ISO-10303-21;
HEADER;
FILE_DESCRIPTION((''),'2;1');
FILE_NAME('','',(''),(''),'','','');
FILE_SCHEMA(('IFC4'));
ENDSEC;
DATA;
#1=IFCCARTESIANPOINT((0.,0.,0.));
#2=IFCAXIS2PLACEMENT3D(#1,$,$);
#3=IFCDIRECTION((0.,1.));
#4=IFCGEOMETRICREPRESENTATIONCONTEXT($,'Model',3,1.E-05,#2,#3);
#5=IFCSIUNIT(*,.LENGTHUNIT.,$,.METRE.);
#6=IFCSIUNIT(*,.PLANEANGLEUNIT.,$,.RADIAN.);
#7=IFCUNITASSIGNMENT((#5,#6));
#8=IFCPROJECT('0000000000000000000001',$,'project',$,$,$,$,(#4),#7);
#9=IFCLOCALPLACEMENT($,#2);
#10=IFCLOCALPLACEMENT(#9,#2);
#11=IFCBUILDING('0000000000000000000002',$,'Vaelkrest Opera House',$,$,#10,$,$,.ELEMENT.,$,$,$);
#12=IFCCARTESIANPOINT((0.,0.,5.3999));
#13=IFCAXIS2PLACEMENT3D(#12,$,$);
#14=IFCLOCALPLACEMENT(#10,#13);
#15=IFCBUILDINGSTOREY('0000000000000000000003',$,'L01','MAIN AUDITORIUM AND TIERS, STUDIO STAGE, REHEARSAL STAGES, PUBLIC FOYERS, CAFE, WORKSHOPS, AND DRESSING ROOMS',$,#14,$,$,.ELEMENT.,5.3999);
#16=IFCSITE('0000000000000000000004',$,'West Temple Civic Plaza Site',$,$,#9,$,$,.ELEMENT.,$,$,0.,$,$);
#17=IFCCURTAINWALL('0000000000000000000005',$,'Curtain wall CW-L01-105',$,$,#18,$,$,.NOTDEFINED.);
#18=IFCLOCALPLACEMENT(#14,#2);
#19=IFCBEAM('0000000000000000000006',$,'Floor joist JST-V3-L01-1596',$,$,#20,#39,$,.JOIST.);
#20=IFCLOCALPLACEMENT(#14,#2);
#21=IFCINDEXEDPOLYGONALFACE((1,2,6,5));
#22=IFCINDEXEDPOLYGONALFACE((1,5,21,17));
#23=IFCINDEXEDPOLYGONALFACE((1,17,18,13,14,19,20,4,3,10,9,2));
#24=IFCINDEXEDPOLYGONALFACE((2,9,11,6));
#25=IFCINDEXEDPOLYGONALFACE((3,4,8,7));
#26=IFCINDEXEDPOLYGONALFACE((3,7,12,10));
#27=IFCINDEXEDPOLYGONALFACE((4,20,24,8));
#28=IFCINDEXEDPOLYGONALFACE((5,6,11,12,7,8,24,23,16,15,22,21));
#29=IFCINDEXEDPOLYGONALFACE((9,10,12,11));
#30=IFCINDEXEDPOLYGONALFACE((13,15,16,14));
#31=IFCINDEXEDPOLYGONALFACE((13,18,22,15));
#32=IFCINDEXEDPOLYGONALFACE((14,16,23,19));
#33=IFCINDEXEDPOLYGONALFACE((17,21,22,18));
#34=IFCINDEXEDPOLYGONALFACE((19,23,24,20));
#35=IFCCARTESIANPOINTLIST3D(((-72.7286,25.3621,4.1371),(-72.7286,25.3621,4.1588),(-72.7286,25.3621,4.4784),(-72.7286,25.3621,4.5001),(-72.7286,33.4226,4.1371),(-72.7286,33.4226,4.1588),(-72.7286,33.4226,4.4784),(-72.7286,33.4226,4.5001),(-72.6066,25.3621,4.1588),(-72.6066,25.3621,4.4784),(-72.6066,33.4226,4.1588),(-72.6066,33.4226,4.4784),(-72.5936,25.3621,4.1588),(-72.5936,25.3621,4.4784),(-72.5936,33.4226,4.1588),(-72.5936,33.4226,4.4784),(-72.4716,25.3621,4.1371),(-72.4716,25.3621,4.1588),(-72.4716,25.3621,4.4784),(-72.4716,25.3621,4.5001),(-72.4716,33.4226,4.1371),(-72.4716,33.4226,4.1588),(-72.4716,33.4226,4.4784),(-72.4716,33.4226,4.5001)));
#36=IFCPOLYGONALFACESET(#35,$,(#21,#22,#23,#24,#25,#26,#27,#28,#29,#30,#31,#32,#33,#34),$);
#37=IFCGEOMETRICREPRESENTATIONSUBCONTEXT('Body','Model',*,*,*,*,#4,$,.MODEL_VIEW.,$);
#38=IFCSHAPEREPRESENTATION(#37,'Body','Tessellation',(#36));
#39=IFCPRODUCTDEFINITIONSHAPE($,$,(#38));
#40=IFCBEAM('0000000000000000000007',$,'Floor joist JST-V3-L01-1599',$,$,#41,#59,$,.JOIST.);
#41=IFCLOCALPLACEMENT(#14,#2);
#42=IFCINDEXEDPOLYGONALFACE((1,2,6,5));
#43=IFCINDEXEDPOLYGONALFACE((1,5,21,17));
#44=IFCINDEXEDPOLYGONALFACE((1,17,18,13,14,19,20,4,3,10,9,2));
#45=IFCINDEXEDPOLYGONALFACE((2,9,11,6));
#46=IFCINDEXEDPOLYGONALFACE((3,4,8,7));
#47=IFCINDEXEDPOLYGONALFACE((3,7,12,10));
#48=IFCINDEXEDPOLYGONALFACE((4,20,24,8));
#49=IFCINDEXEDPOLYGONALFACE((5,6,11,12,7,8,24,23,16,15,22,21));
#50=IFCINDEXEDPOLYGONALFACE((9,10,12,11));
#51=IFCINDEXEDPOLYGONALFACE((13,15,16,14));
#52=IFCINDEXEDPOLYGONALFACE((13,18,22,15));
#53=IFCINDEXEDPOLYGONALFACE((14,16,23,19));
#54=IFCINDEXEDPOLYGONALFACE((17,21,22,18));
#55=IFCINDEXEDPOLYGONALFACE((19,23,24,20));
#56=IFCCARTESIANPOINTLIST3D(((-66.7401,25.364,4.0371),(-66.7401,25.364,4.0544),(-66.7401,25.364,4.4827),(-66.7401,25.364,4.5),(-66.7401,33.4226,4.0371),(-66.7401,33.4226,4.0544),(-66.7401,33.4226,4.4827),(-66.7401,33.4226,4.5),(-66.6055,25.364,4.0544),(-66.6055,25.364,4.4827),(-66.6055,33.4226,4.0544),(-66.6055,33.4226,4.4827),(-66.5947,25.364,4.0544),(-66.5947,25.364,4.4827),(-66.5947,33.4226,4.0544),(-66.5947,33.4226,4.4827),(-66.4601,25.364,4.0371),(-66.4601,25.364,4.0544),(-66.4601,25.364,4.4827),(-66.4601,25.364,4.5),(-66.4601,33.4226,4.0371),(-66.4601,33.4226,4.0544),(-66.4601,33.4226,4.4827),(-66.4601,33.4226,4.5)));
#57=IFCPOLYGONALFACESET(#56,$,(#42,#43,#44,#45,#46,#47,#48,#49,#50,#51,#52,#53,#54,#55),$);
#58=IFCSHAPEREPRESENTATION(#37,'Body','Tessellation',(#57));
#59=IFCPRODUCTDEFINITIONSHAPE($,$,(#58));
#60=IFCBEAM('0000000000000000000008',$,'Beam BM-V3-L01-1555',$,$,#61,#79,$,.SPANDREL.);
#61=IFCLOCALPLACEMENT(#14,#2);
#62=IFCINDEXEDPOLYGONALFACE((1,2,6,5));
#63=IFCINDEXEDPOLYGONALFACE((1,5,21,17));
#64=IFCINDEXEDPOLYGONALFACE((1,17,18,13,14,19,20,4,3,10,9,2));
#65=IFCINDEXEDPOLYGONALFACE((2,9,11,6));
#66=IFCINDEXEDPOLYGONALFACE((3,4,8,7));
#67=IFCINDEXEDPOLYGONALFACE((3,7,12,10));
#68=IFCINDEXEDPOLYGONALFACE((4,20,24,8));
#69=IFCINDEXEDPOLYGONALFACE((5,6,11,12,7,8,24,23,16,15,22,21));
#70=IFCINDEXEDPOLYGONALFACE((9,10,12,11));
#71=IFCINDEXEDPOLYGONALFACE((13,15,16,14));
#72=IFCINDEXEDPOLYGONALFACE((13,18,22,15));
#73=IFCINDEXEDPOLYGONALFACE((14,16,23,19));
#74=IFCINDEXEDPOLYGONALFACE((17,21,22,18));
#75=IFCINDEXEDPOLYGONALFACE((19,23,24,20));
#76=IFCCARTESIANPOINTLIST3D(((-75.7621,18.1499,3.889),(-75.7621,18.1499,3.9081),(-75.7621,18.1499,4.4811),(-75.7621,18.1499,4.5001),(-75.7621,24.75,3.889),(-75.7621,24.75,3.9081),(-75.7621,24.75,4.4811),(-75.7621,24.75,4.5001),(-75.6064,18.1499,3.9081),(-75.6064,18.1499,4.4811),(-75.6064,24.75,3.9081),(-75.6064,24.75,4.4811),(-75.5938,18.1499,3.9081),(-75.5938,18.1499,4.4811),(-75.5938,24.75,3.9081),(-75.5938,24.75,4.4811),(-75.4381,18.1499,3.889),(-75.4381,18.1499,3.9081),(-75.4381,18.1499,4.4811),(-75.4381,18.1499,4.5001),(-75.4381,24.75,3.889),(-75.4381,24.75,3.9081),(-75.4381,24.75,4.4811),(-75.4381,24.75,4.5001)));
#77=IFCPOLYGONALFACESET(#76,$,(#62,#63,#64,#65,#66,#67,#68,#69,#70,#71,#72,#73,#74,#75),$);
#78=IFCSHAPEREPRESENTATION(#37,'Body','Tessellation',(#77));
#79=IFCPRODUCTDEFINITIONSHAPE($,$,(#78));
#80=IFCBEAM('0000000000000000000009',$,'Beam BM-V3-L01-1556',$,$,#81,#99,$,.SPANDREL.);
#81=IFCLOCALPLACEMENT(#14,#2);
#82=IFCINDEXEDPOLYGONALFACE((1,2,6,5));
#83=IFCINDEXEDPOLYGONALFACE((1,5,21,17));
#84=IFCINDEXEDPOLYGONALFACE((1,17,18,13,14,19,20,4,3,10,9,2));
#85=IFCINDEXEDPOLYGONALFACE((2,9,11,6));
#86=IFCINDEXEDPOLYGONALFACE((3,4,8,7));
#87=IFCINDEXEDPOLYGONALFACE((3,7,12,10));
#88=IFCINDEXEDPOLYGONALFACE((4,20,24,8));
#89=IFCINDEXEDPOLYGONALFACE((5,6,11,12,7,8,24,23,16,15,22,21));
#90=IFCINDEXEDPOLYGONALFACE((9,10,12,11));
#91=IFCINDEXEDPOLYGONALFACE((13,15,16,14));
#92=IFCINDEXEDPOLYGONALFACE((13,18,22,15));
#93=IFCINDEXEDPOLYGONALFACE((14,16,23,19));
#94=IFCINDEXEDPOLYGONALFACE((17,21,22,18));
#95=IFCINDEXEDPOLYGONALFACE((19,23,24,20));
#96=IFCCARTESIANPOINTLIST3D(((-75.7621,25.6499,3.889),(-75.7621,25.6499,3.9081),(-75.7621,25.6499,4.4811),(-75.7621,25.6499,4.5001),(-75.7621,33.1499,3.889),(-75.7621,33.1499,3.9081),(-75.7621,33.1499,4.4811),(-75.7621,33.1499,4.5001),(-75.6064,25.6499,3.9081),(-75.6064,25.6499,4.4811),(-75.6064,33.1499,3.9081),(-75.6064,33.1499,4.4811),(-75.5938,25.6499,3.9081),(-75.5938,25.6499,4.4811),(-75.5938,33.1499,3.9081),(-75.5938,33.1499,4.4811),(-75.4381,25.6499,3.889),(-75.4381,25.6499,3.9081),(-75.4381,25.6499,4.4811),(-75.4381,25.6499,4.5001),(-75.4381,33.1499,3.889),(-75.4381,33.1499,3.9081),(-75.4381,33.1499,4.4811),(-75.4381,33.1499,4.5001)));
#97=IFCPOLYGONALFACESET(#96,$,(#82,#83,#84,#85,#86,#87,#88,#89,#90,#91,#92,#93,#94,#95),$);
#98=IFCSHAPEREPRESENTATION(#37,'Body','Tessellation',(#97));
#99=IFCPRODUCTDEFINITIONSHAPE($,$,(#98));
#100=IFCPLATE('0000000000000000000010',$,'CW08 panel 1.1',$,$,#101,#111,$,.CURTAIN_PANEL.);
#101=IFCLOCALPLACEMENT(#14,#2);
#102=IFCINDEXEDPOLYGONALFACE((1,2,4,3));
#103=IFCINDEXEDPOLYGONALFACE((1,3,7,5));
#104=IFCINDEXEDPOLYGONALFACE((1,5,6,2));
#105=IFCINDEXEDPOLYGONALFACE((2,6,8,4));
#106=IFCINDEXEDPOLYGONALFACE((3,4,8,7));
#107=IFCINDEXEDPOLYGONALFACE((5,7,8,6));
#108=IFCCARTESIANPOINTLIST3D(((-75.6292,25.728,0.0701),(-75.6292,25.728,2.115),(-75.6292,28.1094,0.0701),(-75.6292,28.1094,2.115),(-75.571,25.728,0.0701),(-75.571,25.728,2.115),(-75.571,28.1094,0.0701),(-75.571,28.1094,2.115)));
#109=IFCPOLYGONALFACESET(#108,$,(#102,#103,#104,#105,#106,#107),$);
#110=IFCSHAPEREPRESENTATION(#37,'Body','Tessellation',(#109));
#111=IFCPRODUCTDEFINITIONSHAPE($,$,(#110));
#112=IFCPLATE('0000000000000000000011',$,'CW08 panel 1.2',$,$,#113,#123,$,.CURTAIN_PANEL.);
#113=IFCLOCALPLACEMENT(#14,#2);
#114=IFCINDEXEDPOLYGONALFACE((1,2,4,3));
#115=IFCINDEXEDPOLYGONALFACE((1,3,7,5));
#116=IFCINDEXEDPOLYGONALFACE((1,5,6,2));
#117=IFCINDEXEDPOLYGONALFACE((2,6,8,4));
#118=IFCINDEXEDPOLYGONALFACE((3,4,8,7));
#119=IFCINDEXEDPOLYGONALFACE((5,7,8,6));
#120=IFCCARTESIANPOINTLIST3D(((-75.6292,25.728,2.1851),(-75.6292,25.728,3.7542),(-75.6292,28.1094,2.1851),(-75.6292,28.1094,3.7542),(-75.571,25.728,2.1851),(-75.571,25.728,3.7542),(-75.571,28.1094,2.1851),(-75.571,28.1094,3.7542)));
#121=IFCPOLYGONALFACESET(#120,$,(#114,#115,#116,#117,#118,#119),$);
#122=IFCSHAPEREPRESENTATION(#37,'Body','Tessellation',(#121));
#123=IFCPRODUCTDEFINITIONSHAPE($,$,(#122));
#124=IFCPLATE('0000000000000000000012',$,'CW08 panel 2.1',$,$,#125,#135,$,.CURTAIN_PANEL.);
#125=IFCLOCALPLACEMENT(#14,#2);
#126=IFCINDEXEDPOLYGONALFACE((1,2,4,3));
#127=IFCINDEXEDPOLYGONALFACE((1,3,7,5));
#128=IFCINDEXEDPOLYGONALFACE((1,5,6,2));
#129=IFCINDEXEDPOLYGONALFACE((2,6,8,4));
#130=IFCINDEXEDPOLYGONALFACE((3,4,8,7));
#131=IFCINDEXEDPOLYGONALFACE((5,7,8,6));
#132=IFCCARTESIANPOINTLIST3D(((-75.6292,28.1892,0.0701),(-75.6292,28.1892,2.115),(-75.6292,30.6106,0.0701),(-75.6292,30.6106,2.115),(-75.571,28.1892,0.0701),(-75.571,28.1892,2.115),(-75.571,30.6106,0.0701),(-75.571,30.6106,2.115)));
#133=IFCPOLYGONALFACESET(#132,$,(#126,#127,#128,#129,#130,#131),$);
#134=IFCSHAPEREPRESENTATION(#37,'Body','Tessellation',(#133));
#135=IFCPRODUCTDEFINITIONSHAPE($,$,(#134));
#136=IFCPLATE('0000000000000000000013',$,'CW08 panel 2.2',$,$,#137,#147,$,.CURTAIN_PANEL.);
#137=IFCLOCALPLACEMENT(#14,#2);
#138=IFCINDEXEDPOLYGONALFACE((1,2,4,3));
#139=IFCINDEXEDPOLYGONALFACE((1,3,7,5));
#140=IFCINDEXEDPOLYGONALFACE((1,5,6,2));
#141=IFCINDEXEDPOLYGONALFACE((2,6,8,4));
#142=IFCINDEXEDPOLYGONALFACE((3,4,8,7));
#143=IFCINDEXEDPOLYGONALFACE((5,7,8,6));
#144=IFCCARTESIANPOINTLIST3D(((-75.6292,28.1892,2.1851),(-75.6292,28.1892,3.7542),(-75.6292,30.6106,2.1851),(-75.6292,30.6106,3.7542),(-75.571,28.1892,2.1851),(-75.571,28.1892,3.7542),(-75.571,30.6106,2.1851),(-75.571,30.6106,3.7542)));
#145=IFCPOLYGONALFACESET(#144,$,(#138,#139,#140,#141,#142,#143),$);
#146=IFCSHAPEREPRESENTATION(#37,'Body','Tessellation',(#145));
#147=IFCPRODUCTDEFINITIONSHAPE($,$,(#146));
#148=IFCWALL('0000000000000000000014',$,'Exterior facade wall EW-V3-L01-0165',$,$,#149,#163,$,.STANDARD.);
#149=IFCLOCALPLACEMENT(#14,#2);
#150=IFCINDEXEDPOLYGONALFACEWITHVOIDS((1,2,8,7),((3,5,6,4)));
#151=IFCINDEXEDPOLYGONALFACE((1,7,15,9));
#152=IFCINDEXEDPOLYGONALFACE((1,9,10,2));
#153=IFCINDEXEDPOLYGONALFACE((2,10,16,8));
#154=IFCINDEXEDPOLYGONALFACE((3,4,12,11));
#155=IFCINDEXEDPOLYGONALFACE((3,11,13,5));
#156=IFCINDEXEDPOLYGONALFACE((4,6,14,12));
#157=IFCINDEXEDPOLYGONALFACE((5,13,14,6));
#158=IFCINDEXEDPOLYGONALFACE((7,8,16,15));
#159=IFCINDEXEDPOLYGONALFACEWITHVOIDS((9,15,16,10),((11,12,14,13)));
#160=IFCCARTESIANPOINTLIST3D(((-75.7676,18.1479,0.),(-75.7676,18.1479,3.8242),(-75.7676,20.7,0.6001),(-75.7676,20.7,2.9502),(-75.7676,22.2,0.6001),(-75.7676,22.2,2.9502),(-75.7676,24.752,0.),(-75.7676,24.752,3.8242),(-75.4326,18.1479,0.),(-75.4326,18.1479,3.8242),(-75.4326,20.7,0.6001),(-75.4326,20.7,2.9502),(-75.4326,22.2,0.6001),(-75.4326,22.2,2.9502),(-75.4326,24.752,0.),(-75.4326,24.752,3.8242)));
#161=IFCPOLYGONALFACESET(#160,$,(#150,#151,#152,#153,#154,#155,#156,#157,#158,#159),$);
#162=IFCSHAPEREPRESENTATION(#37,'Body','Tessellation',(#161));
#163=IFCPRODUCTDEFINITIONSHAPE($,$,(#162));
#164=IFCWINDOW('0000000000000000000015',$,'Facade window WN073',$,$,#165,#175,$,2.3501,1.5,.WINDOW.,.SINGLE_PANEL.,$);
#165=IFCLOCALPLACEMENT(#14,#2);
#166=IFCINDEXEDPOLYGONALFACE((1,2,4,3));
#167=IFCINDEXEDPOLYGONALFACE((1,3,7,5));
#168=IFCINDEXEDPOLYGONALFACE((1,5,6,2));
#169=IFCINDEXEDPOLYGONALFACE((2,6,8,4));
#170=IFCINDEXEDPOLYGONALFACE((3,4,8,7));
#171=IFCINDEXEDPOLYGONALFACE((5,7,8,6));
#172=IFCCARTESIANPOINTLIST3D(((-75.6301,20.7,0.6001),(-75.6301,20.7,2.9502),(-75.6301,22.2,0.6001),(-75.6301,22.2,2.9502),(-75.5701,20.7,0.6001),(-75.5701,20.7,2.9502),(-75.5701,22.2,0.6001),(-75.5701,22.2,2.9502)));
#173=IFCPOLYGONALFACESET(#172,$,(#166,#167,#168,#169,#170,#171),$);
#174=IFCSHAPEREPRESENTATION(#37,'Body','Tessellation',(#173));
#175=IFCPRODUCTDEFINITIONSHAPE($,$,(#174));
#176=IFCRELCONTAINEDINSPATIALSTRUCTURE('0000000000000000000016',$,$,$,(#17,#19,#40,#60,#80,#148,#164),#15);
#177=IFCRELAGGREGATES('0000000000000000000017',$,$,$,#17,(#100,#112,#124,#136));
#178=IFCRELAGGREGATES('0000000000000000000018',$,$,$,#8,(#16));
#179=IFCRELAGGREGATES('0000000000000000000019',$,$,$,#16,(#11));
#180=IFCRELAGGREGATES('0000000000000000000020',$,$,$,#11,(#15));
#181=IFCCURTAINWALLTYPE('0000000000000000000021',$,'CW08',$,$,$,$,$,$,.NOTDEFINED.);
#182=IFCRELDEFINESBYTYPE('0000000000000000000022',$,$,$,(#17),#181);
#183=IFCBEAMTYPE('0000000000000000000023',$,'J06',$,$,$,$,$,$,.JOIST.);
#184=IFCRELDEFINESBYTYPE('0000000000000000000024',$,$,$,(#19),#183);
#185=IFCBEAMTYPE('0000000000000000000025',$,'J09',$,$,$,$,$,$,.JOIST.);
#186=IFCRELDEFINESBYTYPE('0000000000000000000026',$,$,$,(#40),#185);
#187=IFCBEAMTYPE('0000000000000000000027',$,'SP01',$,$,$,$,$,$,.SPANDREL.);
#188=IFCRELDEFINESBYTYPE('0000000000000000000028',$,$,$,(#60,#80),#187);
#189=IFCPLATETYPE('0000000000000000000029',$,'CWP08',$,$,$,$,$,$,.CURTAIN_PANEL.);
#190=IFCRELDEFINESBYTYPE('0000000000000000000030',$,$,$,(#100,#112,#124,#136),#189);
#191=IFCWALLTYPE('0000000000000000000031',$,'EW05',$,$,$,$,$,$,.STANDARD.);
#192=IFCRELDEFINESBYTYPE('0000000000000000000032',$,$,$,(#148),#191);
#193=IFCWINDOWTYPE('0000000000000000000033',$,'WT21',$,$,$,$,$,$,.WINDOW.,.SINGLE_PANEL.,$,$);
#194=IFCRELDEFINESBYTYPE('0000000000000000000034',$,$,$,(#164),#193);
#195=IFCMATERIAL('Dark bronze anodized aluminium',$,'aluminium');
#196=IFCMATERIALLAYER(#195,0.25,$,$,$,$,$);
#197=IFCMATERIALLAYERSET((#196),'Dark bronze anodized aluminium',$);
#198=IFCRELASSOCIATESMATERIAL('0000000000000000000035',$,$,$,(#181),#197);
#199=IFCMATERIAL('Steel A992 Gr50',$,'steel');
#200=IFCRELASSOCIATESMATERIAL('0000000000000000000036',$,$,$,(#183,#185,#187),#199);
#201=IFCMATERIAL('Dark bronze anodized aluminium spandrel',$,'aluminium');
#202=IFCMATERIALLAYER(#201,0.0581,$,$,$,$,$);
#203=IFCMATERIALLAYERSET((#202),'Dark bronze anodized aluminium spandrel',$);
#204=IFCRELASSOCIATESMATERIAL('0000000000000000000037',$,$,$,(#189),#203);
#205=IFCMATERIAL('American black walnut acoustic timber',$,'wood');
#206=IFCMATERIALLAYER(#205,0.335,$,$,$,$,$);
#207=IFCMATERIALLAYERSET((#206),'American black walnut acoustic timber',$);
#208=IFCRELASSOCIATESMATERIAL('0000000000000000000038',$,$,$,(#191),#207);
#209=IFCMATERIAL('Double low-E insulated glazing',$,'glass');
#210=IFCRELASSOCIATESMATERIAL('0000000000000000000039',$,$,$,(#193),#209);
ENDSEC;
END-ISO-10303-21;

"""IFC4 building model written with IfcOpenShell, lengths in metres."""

from ifc_helpers import new_model, si_unit, direction, frame, frame_2d, origin, origin_2d, place, context, subcontext, project, spatial, rectangle, i_section, extrude, material, layer, layer_set, material_profile, profile_set, type_object, element, fill, aggregate, save


model = new_model("IFC4")

# Units and contexts
model_context = context("Model", 3, precision=1e-05, world=origin(), true_north=direction((0.0, 1.0)))
body_context = subcontext(model_context, "Body", "Model", "MODEL_VIEW")
ifc_project = project(units=[si_unit("LENGTHUNIT", "METRE"), si_unit("PLANEANGLEUNIT", "RADIAN")], contexts=[model_context])

# Site, building, storey
site_placement = place(None, origin())
site = spatial("IfcSite", under=ifc_project, at=site_placement, Name="West Temple Civic Plaza Site", CompositionType="ELEMENT", RefElevation=0.0)
building_placement = place(site_placement, origin())
building = spatial("IfcBuilding", under=site, at=building_placement, Name="Vaelkrest Opera House", CompositionType="ELEMENT")
storey_placement = place(building_placement, frame((0.0, 0.0, 5.3999)))
storey = spatial("IfcBuildingStorey", under=building, at=storey_placement, Name="L01", Description="MAIN AUDITORIUM AND TIERS, STUDIO STAGE, REHEARSAL STAGES, PUBLIC FOYERS, CAFE, WORKSHOPS, AND DRESSING ROOMS", CompositionType="ELEMENT", Elevation=5.3999)

# Shared definitions
ifc_material_1 = material(Name="Steel A992 Gr50", Category="steel")

# Curtain wall
ifc_material_2 = material(Name="Dark bronze anodized aluminium", Category="aluminium")
ifc_layer_1 = layer(ifc_material_2, 0.25)
ifc_layer_set_1 = layer_set([ifc_layer_1], Name="Dark bronze anodized aluminium")
curtain_wall_type = type_object("IfcCurtainWallType", Name="CW08", PredefinedType="NOTDEFINED", material=ifc_layer_set_1)
curtain_wall_placement = place(storey_placement, origin())
curtain_wall = element("IfcCurtainWall", 1, at=curtain_wall_placement, inside=storey, type_object=curtain_wall_type, Name="Curtain wall CW-L01-105", PredefinedType="NOTDEFINED")

# Beams
ifc_material_profile_1 = material_profile(ifc_material_1, i_section(OverallWidth=0.2571, OverallDepth=0.363, WebThickness=0.0129, FlangeThickness=0.0217, at=origin_2d()), Name="W14X82")
ifc_profile_set_1 = profile_set([ifc_material_profile_1], Name="Steel A992 Gr50")
beam_type_1 = type_object("IfcBeamType", Name="J06", PredefinedType="JOIST", material=ifc_profile_set_1)
beam_1_placement = place(storey_placement, frame((-72.6001, 25.3621, 4.3186), z_axis=(0.0, 1.0, 0.0), x_axis=(-1.0, 0.0, 0.0)))
element("IfcBeam", 2, at=beam_1_placement, inside=storey, type_object=beam_type_1, Name="Floor joist JST-V3-L01-1596", PredefinedType="JOIST", context=body_context, shape_type="SweptSolid", body=[
    extrude(i_section(OverallWidth=0.2571, OverallDepth=0.363, WebThickness=0.0129, FlangeThickness=0.0217, at=origin_2d()), origin(), (0.0, 0.0, 1.0), 8.0605),
])
ifc_material_profile_2 = material_profile(ifc_material_1, i_section(OverallWidth=0.28, OverallDepth=0.4629, WebThickness=0.0107, FlangeThickness=0.0173, at=origin_2d()), Name="W18X76")
ifc_profile_set_2 = profile_set([ifc_material_profile_2], Name="Steel A992 Gr50")
beam_type_2 = type_object("IfcBeamType", Name="J09", PredefinedType="JOIST", material=ifc_profile_set_2)
beam_2_placement = place(storey_placement, frame((-66.6001, 25.364, 4.2686), z_axis=(0.0, 1.0, 0.0), x_axis=(-1.0, 0.0, 0.0)))
element("IfcBeam", 3, at=beam_2_placement, inside=storey, type_object=beam_type_2, Name="Floor joist JST-V3-L01-1599", PredefinedType="JOIST", context=body_context, shape_type="SweptSolid", body=[
    extrude(i_section(OverallWidth=0.28, OverallDepth=0.4629, WebThickness=0.0107, FlangeThickness=0.0173, at=origin_2d()), origin(), (0.0, 0.0, 1.0), 8.0586),
])
ifc_material_profile_3 = material_profile(ifc_material_1, i_section(OverallWidth=0.324, OverallDepth=0.6111, WebThickness=0.0127, FlangeThickness=0.019, at=origin_2d()), Name="W24X104")
ifc_profile_set_3 = profile_set([ifc_material_profile_3], Name="Steel A992 Gr50")
beam_type_3 = type_object("IfcBeamType", Name="SP01", PredefinedType="SPANDREL", material=ifc_profile_set_3)
beam_3_placement = place(storey_placement, frame((-75.6001, 18.1499, 4.1946), z_axis=(0.0, 1.0, 0.0), x_axis=(-1.0, 0.0, 0.0)))
element("IfcBeam", 4, at=beam_3_placement, inside=storey, type_object=beam_type_3, Name="Beam BM-V3-L01-1555", PredefinedType="SPANDREL", context=body_context, shape_type="SweptSolid", body=[
    extrude(i_section(OverallWidth=0.324, OverallDepth=0.6111, WebThickness=0.0127, FlangeThickness=0.019, at=origin_2d()), origin(), (0.0, 0.0, 1.0), 6.6001),
])
beam_4_placement = place(storey_placement, frame((-75.6001, 25.6499, 4.1946), z_axis=(0.0, 1.0, 0.0), x_axis=(-1.0, 0.0, 0.0)))
element("IfcBeam", 5, at=beam_4_placement, inside=storey, type_object=beam_type_3, Name="Beam BM-V3-L01-1556", PredefinedType="SPANDREL", context=body_context, shape_type="SweptSolid", body=[
    extrude(i_section(OverallWidth=0.324, OverallDepth=0.6111, WebThickness=0.0127, FlangeThickness=0.019, at=origin_2d()), origin(), (0.0, 0.0, 1.0), 7.5),
])

# Plates
ifc_material_3 = material(Name="Dark bronze anodized aluminium spandrel", Category="aluminium")
ifc_layer_2 = layer(ifc_material_3, 0.0581)
ifc_layer_set_2 = layer_set([ifc_layer_2], Name="Dark bronze anodized aluminium spandrel")
plate_type = type_object("IfcPlateType", Name="CWP08", PredefinedType="CURTAIN_PANEL", material=ifc_layer_set_2)
plate_1_placement = place(storey_placement, frame((-75.6001, 26.9187, 0.0701), z_axis=(0.0, 0.0, 1.0), x_axis=(0.0, 1.0, 0.0)))
plate_1 = element("IfcPlate", 6, at=plate_1_placement, type_object=plate_type, Name="CW08 panel 1.1", PredefinedType="CURTAIN_PANEL", context=body_context, shape_type="SweptSolid", body=[
    extrude(rectangle(XDim=2.3813, YDim=0.0581, at=origin_2d()), origin(), (0.0, 0.0, 1.0), 2.0449),
])
plate_2_placement = place(storey_placement, frame((-75.6001, 26.9187, 2.1851), z_axis=(0.0, 0.0, 1.0), x_axis=(0.0, 1.0, 0.0)))
plate_2 = element("IfcPlate", 7, at=plate_2_placement, type_object=plate_type, Name="CW08 panel 1.2", PredefinedType="CURTAIN_PANEL", context=body_context, shape_type="SweptSolid", body=[
    extrude(rectangle(XDim=2.3813, YDim=0.0581, at=origin_2d()), origin(), (0.0, 0.0, 1.0), 1.5691),
])
plate_3_placement = place(storey_placement, frame((-75.6001, 29.3999, 0.0701), z_axis=(0.0, 0.0, 1.0), x_axis=(0.0, 1.0, 0.0)))
plate_3 = element("IfcPlate", 8, at=plate_3_placement, type_object=plate_type, Name="CW08 panel 2.1", PredefinedType="CURTAIN_PANEL", context=body_context, shape_type="SweptSolid", body=[
    extrude(rectangle(XDim=2.4214, YDim=0.0581, at=origin_2d()), origin(), (0.0, 0.0, 1.0), 2.0449),
])
plate_4_placement = place(storey_placement, frame((-75.6001, 29.3999, 2.1851), z_axis=(0.0, 0.0, 1.0), x_axis=(0.0, 1.0, 0.0)))
plate_4 = element("IfcPlate", 9, at=plate_4_placement, type_object=plate_type, Name="CW08 panel 2.2", PredefinedType="CURTAIN_PANEL", context=body_context, shape_type="SweptSolid", body=[
    extrude(rectangle(XDim=2.4214, YDim=0.0581, at=origin_2d()), origin(), (0.0, 0.0, 1.0), 1.5691),
])
aggregate(curtain_wall, [plate_1, plate_2, plate_3, plate_4])

# Wall, opening, window
ifc_material_4 = material(Name="American black walnut acoustic timber", Category="wood")
ifc_layer_3 = layer(ifc_material_4, 0.335)
ifc_layer_set_3 = layer_set([ifc_layer_3], Name="American black walnut acoustic timber")
wall_type = type_object("IfcWallType", Name="EW05", PredefinedType="STANDARD", material=ifc_layer_set_3)
wall_placement = place(storey_placement, frame((-75.6001, 18.1479, 0.0), z_axis=(0.0, 0.0, 1.0), x_axis=(0.0, 1.0, 0.0)))
wall = element("IfcWall", 10, at=wall_placement, inside=storey, type_object=wall_type, Name="Exterior facade wall EW-V3-L01-0165", PredefinedType="STANDARD", context=body_context, shape_type="SweptSolid", body=[
    extrude(rectangle(XDim=6.604, YDim=0.335, at=frame_2d((3.302, 0.0))), origin(), (0.0, 0.0, 1.0), 3.8242),
])
opening_placement = place(wall_placement, frame((2.552, 0.0, 0.6001)))
opening = element("IfcOpeningElement", 11, at=opening_placement, cuts=wall, PredefinedType="OPENING", context=body_context, shape_type="SweptSolid", body=[
    extrude(rectangle(XDim=1.5, YDim=2.3501, at=frame_2d((0.75, 1.175))), frame((0.0, 0.1775, 0.0), z_axis=(0.0, -1.0, 0.0), x_axis=(1.0, 0.0, 0.0)), (0.0, 0.0, 1.0), 0.355),
])
ifc_material_5 = material(Name="Double low-E insulated glazing", Category="glass")
window_type = type_object("IfcWindowType", Name="WT21", PartitioningType="SINGLE_PANEL", PredefinedType="WINDOW", material=ifc_material_5)
window_placement = place(opening_placement, origin())
window = element("IfcWindow", 12, at=window_placement, inside=storey, type_object=window_type, Name="Facade window WN073", OverallHeight=2.3501, OverallWidth=1.5, PartitioningType="SINGLE_PANEL", PredefinedType="WINDOW", context=body_context, shape_type="SweptSolid", body=[
    extrude(rectangle(XDim=1.5, YDim=2.3501, at=frame_2d((0.75, 1.175))), frame((0.0, 0.03, 0.0), z_axis=(0.0, -1.0, 0.0), x_axis=(1.0, 0.0, 0.0)), (0.0, 0.0, 1.0), 0.0601),
])
fill(opening, window)

save(model, "model.ifc")
